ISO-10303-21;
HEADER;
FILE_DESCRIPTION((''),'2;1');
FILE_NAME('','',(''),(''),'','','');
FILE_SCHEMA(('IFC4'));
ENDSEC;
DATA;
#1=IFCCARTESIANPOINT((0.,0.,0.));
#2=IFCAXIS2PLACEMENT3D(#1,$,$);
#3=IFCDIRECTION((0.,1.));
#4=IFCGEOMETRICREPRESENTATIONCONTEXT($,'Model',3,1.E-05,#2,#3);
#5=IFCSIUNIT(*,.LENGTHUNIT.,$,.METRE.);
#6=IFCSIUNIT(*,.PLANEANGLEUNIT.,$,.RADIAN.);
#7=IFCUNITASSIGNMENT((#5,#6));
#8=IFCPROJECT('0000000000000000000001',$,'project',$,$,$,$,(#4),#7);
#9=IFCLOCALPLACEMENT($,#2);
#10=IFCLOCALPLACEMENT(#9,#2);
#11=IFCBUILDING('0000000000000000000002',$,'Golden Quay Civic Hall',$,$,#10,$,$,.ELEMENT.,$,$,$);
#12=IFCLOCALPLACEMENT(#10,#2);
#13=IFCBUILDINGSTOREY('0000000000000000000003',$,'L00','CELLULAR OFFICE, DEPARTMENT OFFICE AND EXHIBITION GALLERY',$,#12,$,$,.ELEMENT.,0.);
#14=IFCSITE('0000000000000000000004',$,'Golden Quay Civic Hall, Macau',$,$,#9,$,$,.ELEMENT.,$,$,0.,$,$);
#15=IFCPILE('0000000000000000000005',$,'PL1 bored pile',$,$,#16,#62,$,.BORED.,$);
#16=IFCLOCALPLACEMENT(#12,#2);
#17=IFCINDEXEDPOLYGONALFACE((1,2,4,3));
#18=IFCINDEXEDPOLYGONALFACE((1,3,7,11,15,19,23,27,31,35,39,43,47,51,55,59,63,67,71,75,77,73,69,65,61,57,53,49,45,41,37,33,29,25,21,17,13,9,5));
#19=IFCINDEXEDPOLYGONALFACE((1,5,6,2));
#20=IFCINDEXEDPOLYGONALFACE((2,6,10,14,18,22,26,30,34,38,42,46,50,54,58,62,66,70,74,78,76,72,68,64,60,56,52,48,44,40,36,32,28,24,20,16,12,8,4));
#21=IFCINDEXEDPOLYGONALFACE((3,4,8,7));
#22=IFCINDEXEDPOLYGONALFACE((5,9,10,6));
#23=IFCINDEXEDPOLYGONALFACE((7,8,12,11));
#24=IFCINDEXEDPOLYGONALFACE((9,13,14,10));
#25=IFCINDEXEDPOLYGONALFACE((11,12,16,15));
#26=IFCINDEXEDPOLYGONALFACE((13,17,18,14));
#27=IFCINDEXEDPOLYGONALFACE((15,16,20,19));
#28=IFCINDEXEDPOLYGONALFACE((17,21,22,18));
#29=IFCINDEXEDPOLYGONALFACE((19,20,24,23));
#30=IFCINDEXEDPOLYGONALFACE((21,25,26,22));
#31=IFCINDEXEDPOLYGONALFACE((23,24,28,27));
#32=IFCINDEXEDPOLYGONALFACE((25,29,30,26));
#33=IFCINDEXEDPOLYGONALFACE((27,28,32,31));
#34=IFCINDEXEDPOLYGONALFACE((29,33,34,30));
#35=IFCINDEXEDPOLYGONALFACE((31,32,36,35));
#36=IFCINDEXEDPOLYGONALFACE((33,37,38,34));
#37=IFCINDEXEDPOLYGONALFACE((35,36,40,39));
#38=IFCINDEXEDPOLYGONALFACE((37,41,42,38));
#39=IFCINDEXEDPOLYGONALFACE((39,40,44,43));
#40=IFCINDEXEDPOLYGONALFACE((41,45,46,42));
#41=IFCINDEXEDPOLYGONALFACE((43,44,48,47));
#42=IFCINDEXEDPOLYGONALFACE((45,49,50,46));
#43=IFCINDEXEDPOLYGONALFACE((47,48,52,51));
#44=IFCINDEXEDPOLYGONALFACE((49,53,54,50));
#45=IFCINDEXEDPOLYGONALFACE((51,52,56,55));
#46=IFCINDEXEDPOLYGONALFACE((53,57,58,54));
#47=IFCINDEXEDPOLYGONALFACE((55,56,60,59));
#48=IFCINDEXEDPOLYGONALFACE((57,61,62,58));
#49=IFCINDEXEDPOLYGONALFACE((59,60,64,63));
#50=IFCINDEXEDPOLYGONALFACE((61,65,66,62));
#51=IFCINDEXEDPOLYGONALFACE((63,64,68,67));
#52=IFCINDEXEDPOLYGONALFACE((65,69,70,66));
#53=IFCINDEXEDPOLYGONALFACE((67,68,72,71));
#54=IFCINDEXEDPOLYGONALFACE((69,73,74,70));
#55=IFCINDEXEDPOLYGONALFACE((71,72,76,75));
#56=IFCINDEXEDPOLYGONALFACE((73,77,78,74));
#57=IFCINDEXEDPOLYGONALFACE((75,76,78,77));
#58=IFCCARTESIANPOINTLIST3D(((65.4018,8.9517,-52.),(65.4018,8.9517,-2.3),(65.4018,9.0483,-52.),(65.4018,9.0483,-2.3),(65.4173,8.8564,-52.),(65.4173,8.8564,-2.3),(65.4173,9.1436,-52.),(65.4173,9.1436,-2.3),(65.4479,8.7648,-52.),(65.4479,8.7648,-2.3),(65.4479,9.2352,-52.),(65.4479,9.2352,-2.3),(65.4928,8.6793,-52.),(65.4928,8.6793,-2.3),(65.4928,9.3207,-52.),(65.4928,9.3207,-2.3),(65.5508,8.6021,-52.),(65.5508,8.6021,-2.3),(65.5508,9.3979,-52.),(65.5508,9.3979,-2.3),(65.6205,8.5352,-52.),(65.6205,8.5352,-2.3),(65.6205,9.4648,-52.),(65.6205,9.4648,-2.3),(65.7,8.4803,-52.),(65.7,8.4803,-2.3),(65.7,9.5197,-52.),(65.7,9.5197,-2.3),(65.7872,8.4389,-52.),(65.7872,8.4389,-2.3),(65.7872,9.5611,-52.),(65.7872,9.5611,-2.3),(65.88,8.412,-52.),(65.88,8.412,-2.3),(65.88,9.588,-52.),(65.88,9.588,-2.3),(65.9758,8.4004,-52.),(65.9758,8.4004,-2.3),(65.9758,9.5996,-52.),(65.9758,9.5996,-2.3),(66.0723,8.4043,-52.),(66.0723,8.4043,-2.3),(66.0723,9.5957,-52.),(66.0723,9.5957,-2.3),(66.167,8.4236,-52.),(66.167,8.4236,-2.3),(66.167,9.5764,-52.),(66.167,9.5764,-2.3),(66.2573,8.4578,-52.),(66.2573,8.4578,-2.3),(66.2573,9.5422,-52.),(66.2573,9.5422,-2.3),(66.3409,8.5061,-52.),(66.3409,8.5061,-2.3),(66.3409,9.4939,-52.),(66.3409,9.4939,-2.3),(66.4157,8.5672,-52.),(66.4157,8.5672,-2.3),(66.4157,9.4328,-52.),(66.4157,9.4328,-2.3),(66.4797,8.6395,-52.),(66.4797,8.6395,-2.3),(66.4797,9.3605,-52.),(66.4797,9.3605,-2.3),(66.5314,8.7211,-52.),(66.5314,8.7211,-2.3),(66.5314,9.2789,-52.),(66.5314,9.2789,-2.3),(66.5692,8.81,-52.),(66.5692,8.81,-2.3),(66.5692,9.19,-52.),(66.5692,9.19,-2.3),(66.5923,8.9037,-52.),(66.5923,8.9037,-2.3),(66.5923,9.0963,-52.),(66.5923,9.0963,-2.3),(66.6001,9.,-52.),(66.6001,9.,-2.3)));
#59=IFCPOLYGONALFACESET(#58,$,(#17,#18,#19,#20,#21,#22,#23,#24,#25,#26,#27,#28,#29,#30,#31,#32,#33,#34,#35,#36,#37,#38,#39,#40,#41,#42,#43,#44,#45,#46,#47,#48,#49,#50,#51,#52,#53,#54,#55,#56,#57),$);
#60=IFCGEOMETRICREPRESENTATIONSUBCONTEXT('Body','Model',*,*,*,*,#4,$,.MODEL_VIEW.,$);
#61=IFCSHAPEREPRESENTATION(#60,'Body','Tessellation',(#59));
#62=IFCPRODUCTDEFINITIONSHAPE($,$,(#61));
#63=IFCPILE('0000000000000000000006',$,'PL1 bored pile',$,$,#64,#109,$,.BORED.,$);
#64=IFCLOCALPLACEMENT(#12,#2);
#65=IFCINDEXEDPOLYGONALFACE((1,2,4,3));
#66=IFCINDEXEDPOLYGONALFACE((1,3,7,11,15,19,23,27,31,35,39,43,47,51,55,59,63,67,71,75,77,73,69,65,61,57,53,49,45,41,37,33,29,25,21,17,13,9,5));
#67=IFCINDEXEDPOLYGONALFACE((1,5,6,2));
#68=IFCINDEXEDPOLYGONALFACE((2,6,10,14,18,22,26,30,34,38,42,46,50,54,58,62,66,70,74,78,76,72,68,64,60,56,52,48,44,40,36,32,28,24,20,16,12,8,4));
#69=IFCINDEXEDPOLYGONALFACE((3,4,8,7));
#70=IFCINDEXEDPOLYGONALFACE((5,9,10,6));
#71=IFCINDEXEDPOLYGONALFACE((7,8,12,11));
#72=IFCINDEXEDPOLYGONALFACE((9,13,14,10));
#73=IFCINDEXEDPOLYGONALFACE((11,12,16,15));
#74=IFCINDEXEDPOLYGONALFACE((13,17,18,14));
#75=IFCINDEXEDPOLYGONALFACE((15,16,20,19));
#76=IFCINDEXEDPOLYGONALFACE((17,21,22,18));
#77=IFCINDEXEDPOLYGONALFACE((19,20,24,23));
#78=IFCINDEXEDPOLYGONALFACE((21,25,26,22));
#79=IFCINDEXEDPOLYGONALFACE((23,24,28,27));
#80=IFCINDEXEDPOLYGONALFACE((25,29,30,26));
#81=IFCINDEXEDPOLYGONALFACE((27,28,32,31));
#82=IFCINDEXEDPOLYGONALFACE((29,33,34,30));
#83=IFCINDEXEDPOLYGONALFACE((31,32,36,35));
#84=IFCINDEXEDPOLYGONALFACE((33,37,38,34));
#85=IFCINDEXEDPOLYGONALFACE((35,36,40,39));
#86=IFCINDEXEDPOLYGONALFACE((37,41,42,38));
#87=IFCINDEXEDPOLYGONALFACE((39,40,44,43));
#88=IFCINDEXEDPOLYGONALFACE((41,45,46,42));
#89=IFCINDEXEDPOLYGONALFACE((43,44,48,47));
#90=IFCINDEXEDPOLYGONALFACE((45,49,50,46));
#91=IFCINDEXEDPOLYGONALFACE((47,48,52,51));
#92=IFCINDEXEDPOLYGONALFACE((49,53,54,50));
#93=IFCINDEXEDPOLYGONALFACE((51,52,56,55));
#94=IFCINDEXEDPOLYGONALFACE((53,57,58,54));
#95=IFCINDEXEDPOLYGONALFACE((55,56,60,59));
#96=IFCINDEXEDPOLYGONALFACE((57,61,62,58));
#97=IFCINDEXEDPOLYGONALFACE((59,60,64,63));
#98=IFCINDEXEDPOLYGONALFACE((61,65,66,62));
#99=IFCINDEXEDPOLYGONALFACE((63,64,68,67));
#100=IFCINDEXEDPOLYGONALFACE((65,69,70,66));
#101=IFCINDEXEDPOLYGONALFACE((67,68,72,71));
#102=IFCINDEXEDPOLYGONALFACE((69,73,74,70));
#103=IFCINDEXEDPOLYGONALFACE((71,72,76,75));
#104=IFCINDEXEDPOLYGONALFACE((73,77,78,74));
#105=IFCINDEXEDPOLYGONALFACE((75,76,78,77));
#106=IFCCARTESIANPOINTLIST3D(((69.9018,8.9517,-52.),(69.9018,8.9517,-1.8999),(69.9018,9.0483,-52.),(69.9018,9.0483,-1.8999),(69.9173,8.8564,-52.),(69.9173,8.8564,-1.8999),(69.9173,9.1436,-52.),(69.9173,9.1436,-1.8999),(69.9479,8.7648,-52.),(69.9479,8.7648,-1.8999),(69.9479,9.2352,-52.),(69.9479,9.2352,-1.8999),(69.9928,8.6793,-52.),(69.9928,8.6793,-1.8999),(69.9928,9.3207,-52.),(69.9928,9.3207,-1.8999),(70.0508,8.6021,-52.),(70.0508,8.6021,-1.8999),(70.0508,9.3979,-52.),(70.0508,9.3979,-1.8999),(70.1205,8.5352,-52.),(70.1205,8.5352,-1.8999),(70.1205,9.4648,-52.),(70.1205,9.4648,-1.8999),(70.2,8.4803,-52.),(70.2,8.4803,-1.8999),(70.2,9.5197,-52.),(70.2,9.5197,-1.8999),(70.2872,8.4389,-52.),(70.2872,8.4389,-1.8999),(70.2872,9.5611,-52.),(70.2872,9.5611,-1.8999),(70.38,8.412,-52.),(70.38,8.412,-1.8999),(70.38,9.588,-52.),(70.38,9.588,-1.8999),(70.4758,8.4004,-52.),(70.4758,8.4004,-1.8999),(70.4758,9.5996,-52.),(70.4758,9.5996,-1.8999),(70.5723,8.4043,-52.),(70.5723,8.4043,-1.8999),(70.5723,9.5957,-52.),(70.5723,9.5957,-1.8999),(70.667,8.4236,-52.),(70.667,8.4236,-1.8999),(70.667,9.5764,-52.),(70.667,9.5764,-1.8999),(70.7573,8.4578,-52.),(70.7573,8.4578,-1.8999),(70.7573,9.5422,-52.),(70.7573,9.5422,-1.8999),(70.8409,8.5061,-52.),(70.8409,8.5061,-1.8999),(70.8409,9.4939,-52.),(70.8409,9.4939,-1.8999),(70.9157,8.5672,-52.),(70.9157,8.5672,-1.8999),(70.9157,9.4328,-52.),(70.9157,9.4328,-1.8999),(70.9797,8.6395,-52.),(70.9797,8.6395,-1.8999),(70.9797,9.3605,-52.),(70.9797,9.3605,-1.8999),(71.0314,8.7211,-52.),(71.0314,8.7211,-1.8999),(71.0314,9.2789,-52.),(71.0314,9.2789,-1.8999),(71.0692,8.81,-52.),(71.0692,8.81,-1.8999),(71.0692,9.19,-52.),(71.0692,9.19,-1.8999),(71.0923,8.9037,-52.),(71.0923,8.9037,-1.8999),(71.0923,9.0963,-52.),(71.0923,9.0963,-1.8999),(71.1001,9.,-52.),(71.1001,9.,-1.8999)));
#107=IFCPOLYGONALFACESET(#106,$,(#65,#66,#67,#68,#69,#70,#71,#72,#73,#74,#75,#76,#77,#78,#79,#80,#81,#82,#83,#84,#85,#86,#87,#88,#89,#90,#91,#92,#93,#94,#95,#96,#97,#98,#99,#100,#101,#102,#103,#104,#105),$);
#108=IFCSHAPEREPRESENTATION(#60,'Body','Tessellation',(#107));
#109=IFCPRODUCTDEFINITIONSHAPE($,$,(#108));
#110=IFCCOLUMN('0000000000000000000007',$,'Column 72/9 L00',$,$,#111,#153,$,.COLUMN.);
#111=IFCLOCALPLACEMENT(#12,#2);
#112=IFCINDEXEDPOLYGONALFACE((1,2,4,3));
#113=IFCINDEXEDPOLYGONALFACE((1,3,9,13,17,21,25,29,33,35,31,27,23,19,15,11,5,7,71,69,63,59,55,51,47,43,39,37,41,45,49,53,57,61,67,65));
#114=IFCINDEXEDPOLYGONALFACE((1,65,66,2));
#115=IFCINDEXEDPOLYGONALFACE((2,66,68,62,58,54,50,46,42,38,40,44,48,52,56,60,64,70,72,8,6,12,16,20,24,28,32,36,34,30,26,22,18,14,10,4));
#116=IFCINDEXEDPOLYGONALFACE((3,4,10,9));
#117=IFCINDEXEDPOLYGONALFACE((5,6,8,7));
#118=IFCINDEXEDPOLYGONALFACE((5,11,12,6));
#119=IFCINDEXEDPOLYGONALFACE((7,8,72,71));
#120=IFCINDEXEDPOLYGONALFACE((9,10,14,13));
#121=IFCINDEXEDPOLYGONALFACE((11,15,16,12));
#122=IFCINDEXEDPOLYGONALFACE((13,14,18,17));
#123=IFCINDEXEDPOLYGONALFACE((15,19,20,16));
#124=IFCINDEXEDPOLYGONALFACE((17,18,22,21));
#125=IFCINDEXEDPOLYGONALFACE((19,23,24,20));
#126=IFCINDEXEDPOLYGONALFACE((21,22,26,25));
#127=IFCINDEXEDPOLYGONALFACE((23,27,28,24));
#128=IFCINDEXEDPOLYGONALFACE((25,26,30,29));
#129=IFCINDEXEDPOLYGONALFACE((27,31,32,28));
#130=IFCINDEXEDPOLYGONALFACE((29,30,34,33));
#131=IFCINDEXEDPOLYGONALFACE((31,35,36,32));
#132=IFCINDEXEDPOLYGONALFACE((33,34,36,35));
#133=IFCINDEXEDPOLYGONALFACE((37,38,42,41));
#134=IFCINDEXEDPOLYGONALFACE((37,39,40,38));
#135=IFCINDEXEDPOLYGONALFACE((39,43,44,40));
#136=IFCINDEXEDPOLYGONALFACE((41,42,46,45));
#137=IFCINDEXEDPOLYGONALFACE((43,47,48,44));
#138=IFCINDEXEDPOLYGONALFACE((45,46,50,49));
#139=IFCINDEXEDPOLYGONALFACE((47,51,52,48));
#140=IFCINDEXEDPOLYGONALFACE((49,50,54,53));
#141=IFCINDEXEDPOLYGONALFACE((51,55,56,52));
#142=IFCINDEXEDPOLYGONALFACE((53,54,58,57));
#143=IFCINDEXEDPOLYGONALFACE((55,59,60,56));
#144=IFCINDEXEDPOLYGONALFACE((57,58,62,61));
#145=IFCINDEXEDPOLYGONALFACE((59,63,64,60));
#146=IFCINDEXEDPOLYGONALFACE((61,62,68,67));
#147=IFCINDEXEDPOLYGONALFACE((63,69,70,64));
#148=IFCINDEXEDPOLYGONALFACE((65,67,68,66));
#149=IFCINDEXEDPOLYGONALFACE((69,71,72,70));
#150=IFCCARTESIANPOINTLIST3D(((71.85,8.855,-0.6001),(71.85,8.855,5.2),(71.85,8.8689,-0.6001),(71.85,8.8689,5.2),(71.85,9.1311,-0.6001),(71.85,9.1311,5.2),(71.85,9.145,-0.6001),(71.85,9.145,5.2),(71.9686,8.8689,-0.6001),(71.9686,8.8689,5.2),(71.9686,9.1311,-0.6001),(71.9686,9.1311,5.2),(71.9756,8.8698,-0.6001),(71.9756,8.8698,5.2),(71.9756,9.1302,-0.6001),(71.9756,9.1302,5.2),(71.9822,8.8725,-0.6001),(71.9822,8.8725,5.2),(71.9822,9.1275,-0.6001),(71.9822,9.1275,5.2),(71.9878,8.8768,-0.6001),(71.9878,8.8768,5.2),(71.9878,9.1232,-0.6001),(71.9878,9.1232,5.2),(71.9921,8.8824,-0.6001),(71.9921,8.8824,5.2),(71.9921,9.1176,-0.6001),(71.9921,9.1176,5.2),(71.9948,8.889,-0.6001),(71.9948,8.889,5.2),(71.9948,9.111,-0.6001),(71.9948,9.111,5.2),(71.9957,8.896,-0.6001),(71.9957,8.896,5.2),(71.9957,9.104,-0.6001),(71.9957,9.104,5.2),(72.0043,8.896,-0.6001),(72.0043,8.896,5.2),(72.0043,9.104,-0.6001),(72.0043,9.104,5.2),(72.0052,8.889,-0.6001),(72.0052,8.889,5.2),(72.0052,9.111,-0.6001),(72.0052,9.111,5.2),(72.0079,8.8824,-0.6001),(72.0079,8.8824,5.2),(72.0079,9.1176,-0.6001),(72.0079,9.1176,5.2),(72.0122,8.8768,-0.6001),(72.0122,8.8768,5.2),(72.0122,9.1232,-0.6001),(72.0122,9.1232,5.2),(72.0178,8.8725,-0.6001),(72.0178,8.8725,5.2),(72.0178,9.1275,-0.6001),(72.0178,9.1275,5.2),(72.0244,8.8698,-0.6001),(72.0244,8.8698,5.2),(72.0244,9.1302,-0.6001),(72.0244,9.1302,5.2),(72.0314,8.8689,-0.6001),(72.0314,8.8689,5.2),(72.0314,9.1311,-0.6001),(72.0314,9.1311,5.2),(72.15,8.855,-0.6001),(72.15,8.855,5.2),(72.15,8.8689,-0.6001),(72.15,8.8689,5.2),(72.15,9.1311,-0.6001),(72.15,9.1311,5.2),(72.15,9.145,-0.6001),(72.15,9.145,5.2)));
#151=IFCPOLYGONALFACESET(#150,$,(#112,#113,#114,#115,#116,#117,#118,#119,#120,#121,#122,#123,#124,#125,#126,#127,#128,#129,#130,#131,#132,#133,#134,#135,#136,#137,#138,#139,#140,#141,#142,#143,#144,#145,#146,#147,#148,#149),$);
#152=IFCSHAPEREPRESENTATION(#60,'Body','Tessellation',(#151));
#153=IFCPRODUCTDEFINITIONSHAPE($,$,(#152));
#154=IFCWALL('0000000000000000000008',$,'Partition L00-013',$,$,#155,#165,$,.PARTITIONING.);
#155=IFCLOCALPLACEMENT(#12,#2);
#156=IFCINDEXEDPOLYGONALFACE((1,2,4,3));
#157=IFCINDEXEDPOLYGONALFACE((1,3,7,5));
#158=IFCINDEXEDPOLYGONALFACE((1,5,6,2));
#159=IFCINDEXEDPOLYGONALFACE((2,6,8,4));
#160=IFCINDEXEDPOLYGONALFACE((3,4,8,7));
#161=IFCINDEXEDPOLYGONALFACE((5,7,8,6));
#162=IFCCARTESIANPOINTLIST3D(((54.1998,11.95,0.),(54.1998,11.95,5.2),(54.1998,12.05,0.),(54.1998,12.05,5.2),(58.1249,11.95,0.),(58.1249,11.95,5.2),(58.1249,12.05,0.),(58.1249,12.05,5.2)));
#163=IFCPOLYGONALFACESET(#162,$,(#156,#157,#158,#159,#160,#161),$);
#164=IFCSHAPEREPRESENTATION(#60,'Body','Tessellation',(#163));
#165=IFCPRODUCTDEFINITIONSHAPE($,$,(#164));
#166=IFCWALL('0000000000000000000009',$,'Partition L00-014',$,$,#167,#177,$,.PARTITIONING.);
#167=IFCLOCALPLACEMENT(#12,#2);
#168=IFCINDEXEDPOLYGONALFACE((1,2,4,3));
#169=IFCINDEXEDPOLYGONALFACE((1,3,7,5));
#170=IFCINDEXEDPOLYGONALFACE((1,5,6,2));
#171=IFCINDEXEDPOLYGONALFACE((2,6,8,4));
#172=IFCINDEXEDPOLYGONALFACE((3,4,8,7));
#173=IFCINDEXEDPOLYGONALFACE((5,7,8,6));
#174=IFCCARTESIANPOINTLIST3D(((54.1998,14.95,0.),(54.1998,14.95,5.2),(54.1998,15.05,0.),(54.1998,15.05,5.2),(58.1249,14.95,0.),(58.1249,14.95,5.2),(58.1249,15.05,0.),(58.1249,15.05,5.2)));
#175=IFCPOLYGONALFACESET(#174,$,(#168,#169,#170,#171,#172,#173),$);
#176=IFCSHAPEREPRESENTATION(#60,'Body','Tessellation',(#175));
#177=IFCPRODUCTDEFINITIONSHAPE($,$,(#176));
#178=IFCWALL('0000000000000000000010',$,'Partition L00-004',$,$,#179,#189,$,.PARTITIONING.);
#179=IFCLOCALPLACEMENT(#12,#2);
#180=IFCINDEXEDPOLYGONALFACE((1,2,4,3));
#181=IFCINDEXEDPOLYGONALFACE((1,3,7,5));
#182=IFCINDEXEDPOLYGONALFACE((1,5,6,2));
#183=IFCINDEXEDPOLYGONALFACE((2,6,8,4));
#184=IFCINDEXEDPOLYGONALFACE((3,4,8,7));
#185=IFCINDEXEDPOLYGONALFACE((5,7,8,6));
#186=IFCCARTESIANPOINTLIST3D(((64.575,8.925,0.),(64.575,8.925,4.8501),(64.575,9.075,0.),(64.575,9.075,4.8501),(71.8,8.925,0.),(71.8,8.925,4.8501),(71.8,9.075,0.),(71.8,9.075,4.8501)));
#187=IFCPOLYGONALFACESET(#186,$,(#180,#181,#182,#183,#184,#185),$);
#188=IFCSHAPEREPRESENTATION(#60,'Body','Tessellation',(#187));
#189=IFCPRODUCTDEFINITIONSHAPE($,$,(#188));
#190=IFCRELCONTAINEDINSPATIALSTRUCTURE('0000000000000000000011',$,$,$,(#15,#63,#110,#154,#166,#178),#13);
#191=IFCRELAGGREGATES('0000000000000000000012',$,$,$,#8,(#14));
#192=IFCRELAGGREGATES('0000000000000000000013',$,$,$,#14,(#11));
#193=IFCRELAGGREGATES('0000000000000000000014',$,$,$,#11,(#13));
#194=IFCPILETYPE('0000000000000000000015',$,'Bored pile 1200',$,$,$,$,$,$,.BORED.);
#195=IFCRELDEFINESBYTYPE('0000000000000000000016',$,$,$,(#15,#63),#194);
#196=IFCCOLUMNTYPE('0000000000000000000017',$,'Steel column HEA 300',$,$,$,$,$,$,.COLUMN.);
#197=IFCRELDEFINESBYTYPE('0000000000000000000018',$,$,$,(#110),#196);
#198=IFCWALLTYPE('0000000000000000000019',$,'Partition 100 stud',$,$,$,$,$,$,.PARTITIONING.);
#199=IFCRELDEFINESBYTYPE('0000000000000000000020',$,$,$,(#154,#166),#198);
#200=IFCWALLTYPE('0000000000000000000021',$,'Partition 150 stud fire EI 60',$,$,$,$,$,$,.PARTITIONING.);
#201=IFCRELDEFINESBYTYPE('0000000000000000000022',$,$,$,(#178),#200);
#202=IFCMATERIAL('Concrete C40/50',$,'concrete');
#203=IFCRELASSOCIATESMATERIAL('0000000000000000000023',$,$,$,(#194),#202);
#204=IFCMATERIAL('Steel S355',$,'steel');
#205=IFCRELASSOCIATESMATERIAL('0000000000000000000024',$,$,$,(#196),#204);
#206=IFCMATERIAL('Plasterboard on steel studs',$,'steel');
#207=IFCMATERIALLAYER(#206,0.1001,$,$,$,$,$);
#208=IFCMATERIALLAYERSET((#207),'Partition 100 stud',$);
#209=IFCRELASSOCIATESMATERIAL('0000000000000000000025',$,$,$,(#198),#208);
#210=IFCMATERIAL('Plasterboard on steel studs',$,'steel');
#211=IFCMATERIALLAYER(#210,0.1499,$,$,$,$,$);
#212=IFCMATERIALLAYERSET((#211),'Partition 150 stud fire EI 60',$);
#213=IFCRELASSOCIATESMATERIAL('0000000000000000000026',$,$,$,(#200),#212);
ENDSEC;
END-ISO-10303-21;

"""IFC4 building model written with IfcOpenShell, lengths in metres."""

from ifc_helpers import new_model, si_unit, direction, frame, frame_2d, origin, origin_2d, place, context, subcontext, project, spatial, rectangle, circle, i_section, extrude, material, layer, layer_set, material_profile, profile_set, type_object, element, save


model = new_model("IFC4")

# Units and contexts
model_context = context("Model", 3, precision=1e-05, world=origin(), true_north=direction((0.0, 1.0)))
body_context = subcontext(model_context, "Body", "Model", "MODEL_VIEW")
ifc_project = project(units=[si_unit("LENGTHUNIT", "METRE"), si_unit("PLANEANGLEUNIT", "RADIAN")], contexts=[model_context])

# Site, building, storey
site_placement = place(None, origin())
site = spatial("IfcSite", under=ifc_project, at=site_placement, Name="Golden Quay Civic Hall, Macau", CompositionType="ELEMENT", RefElevation=0.0)
building_placement = place(site_placement, origin())
building = spatial("IfcBuilding", under=site, at=building_placement, Name="Golden Quay Civic Hall", CompositionType="ELEMENT")
storey_placement = place(building_placement, origin())
storey = spatial("IfcBuildingStorey", under=building, at=storey_placement, Name="L00", Description="CELLULAR OFFICE, DEPARTMENT OFFICE AND EXHIBITION GALLERY", CompositionType="ELEMENT", Elevation=0.0)

# Piles
ifc_material_1 = material(Name="Concrete C40/50", Category="concrete")
ifc_material_profile_1 = material_profile(ifc_material_1, circle(Radius=0.6001, at=origin_2d()), Name="RC D1200")
ifc_profile_set_1 = profile_set([ifc_material_profile_1], Name="Concrete C40/50")
pile_type = type_object("IfcPileType", Name="Bored pile 1200", PredefinedType="BORED", material=ifc_profile_set_1)
pile_1_placement = place(storey_placement, frame((66.0, 9.0, -2.3), z_axis=(0.0, 0.0, -1.0), x_axis=(1.0, 0.0, 0.0)))
element("IfcPile", 1, at=pile_1_placement, inside=storey, type_object=pile_type, Name="PL1 bored pile", PredefinedType="BORED", context=body_context, shape_type="SweptSolid", body=[
    extrude(circle(Radius=0.6001, at=origin_2d()), origin(), (0.0, 0.0, 1.0), 49.7),
])
pile_2_placement = place(storey_placement, frame((70.5, 9.0, -1.8999), z_axis=(0.0, 0.0, -1.0), x_axis=(1.0, 0.0, 0.0)))
element("IfcPile", 2, at=pile_2_placement, inside=storey, type_object=pile_type, Name="PL1 bored pile", PredefinedType="BORED", context=body_context, shape_type="SweptSolid", body=[
    extrude(circle(Radius=0.6001, at=origin_2d()), origin(), (0.0, 0.0, 1.0), 50.1001),
])

# Column
ifc_material_2 = material(Name="Steel S355", Category="steel")
ifc_material_profile_2 = material_profile(ifc_material_2, i_section(OverallWidth=0.3, OverallDepth=0.29, WebThickness=0.0085, FlangeThickness=0.0139, FilletRadius=0.0271, at=origin_2d()), Name="HEA 300")
ifc_profile_set_2 = profile_set([ifc_material_profile_2], Name="Steel S355")
column_type = type_object("IfcColumnType", Name="Steel column HEA 300", PredefinedType="COLUMN", material=ifc_profile_set_2)
column_placement = place(storey_placement, frame((72.0, 9.0, -0.6001), z_axis=(0.0, 0.0, 1.0), x_axis=(1.0, 0.0, 0.0)))
element("IfcColumn", 3, at=column_placement, inside=storey, type_object=column_type, Name="Column 72/9 L00", PredefinedType="COLUMN", context=body_context, shape_type="SweptSolid", body=[
    extrude(i_section(OverallWidth=0.3, OverallDepth=0.29, WebThickness=0.0085, FlangeThickness=0.0139, FilletRadius=0.0271, at=origin_2d()), origin(), (0.0, 0.0, 1.0), 5.8),
])

# Walls
ifc_material_3 = material(Name="Plasterboard on steel studs", Category="steel")
ifc_layer_1 = layer(ifc_material_3, 0.1001)
ifc_layer_set_1 = layer_set([ifc_layer_1], Name="Partition 100 stud")
wall_type_1 = type_object("IfcWallType", Name="Partition 100 stud", PredefinedType="PARTITIONING", material=ifc_layer_set_1)
for number, where, z_axis, x_axis, name in (
    (4, (54.2, 12.0, 0.0), (0.0, 0.0, 1.0), (1.0, 0.0, 0.0), "Partition L00-013"),
    (5, (54.2, 15.0, 0.0), (0.0, 0.0, 1.0), (1.0, 0.0, 0.0), "Partition L00-014"),
):
    element("IfcWall", number, at=place(storey_placement, frame(where, z_axis=z_axis, x_axis=x_axis)), inside=storey, type_object=wall_type_1, Name=name, PredefinedType="PARTITIONING", context=body_context, shape_type="SweptSolid", body=[
        extrude(rectangle(XDim=3.925, YDim=0.1001, at=frame_2d((1.9624, 0.0))), origin(), (0.0, 0.0, 1.0), 5.2),
    ])
ifc_material_4 = material(Name="Plasterboard on steel studs", Category="steel")
ifc_layer_2 = layer(ifc_material_4, 0.1499)
ifc_layer_set_2 = layer_set([ifc_layer_2], Name="Partition 150 stud fire EI 60")
wall_type_2 = type_object("IfcWallType", Name="Partition 150 stud fire EI 60", PredefinedType="PARTITIONING", material=ifc_layer_set_2)
wall_1_placement = place(storey_placement, frame((64.575, 9.0, 0.0), z_axis=(0.0, 0.0, 1.0), x_axis=(1.0, 0.0, 0.0)))
element("IfcWall", 6, at=wall_1_placement, inside=storey, type_object=wall_type_2, Name="Partition L00-004", PredefinedType="PARTITIONING", context=body_context, shape_type="SweptSolid", body=[
    extrude(rectangle(XDim=7.2251, YDim=0.1499, at=frame_2d((3.6125, 0.0))), origin(), (0.0, 0.0, 1.0), 4.8501),
])

save(model, "model.ifc")
